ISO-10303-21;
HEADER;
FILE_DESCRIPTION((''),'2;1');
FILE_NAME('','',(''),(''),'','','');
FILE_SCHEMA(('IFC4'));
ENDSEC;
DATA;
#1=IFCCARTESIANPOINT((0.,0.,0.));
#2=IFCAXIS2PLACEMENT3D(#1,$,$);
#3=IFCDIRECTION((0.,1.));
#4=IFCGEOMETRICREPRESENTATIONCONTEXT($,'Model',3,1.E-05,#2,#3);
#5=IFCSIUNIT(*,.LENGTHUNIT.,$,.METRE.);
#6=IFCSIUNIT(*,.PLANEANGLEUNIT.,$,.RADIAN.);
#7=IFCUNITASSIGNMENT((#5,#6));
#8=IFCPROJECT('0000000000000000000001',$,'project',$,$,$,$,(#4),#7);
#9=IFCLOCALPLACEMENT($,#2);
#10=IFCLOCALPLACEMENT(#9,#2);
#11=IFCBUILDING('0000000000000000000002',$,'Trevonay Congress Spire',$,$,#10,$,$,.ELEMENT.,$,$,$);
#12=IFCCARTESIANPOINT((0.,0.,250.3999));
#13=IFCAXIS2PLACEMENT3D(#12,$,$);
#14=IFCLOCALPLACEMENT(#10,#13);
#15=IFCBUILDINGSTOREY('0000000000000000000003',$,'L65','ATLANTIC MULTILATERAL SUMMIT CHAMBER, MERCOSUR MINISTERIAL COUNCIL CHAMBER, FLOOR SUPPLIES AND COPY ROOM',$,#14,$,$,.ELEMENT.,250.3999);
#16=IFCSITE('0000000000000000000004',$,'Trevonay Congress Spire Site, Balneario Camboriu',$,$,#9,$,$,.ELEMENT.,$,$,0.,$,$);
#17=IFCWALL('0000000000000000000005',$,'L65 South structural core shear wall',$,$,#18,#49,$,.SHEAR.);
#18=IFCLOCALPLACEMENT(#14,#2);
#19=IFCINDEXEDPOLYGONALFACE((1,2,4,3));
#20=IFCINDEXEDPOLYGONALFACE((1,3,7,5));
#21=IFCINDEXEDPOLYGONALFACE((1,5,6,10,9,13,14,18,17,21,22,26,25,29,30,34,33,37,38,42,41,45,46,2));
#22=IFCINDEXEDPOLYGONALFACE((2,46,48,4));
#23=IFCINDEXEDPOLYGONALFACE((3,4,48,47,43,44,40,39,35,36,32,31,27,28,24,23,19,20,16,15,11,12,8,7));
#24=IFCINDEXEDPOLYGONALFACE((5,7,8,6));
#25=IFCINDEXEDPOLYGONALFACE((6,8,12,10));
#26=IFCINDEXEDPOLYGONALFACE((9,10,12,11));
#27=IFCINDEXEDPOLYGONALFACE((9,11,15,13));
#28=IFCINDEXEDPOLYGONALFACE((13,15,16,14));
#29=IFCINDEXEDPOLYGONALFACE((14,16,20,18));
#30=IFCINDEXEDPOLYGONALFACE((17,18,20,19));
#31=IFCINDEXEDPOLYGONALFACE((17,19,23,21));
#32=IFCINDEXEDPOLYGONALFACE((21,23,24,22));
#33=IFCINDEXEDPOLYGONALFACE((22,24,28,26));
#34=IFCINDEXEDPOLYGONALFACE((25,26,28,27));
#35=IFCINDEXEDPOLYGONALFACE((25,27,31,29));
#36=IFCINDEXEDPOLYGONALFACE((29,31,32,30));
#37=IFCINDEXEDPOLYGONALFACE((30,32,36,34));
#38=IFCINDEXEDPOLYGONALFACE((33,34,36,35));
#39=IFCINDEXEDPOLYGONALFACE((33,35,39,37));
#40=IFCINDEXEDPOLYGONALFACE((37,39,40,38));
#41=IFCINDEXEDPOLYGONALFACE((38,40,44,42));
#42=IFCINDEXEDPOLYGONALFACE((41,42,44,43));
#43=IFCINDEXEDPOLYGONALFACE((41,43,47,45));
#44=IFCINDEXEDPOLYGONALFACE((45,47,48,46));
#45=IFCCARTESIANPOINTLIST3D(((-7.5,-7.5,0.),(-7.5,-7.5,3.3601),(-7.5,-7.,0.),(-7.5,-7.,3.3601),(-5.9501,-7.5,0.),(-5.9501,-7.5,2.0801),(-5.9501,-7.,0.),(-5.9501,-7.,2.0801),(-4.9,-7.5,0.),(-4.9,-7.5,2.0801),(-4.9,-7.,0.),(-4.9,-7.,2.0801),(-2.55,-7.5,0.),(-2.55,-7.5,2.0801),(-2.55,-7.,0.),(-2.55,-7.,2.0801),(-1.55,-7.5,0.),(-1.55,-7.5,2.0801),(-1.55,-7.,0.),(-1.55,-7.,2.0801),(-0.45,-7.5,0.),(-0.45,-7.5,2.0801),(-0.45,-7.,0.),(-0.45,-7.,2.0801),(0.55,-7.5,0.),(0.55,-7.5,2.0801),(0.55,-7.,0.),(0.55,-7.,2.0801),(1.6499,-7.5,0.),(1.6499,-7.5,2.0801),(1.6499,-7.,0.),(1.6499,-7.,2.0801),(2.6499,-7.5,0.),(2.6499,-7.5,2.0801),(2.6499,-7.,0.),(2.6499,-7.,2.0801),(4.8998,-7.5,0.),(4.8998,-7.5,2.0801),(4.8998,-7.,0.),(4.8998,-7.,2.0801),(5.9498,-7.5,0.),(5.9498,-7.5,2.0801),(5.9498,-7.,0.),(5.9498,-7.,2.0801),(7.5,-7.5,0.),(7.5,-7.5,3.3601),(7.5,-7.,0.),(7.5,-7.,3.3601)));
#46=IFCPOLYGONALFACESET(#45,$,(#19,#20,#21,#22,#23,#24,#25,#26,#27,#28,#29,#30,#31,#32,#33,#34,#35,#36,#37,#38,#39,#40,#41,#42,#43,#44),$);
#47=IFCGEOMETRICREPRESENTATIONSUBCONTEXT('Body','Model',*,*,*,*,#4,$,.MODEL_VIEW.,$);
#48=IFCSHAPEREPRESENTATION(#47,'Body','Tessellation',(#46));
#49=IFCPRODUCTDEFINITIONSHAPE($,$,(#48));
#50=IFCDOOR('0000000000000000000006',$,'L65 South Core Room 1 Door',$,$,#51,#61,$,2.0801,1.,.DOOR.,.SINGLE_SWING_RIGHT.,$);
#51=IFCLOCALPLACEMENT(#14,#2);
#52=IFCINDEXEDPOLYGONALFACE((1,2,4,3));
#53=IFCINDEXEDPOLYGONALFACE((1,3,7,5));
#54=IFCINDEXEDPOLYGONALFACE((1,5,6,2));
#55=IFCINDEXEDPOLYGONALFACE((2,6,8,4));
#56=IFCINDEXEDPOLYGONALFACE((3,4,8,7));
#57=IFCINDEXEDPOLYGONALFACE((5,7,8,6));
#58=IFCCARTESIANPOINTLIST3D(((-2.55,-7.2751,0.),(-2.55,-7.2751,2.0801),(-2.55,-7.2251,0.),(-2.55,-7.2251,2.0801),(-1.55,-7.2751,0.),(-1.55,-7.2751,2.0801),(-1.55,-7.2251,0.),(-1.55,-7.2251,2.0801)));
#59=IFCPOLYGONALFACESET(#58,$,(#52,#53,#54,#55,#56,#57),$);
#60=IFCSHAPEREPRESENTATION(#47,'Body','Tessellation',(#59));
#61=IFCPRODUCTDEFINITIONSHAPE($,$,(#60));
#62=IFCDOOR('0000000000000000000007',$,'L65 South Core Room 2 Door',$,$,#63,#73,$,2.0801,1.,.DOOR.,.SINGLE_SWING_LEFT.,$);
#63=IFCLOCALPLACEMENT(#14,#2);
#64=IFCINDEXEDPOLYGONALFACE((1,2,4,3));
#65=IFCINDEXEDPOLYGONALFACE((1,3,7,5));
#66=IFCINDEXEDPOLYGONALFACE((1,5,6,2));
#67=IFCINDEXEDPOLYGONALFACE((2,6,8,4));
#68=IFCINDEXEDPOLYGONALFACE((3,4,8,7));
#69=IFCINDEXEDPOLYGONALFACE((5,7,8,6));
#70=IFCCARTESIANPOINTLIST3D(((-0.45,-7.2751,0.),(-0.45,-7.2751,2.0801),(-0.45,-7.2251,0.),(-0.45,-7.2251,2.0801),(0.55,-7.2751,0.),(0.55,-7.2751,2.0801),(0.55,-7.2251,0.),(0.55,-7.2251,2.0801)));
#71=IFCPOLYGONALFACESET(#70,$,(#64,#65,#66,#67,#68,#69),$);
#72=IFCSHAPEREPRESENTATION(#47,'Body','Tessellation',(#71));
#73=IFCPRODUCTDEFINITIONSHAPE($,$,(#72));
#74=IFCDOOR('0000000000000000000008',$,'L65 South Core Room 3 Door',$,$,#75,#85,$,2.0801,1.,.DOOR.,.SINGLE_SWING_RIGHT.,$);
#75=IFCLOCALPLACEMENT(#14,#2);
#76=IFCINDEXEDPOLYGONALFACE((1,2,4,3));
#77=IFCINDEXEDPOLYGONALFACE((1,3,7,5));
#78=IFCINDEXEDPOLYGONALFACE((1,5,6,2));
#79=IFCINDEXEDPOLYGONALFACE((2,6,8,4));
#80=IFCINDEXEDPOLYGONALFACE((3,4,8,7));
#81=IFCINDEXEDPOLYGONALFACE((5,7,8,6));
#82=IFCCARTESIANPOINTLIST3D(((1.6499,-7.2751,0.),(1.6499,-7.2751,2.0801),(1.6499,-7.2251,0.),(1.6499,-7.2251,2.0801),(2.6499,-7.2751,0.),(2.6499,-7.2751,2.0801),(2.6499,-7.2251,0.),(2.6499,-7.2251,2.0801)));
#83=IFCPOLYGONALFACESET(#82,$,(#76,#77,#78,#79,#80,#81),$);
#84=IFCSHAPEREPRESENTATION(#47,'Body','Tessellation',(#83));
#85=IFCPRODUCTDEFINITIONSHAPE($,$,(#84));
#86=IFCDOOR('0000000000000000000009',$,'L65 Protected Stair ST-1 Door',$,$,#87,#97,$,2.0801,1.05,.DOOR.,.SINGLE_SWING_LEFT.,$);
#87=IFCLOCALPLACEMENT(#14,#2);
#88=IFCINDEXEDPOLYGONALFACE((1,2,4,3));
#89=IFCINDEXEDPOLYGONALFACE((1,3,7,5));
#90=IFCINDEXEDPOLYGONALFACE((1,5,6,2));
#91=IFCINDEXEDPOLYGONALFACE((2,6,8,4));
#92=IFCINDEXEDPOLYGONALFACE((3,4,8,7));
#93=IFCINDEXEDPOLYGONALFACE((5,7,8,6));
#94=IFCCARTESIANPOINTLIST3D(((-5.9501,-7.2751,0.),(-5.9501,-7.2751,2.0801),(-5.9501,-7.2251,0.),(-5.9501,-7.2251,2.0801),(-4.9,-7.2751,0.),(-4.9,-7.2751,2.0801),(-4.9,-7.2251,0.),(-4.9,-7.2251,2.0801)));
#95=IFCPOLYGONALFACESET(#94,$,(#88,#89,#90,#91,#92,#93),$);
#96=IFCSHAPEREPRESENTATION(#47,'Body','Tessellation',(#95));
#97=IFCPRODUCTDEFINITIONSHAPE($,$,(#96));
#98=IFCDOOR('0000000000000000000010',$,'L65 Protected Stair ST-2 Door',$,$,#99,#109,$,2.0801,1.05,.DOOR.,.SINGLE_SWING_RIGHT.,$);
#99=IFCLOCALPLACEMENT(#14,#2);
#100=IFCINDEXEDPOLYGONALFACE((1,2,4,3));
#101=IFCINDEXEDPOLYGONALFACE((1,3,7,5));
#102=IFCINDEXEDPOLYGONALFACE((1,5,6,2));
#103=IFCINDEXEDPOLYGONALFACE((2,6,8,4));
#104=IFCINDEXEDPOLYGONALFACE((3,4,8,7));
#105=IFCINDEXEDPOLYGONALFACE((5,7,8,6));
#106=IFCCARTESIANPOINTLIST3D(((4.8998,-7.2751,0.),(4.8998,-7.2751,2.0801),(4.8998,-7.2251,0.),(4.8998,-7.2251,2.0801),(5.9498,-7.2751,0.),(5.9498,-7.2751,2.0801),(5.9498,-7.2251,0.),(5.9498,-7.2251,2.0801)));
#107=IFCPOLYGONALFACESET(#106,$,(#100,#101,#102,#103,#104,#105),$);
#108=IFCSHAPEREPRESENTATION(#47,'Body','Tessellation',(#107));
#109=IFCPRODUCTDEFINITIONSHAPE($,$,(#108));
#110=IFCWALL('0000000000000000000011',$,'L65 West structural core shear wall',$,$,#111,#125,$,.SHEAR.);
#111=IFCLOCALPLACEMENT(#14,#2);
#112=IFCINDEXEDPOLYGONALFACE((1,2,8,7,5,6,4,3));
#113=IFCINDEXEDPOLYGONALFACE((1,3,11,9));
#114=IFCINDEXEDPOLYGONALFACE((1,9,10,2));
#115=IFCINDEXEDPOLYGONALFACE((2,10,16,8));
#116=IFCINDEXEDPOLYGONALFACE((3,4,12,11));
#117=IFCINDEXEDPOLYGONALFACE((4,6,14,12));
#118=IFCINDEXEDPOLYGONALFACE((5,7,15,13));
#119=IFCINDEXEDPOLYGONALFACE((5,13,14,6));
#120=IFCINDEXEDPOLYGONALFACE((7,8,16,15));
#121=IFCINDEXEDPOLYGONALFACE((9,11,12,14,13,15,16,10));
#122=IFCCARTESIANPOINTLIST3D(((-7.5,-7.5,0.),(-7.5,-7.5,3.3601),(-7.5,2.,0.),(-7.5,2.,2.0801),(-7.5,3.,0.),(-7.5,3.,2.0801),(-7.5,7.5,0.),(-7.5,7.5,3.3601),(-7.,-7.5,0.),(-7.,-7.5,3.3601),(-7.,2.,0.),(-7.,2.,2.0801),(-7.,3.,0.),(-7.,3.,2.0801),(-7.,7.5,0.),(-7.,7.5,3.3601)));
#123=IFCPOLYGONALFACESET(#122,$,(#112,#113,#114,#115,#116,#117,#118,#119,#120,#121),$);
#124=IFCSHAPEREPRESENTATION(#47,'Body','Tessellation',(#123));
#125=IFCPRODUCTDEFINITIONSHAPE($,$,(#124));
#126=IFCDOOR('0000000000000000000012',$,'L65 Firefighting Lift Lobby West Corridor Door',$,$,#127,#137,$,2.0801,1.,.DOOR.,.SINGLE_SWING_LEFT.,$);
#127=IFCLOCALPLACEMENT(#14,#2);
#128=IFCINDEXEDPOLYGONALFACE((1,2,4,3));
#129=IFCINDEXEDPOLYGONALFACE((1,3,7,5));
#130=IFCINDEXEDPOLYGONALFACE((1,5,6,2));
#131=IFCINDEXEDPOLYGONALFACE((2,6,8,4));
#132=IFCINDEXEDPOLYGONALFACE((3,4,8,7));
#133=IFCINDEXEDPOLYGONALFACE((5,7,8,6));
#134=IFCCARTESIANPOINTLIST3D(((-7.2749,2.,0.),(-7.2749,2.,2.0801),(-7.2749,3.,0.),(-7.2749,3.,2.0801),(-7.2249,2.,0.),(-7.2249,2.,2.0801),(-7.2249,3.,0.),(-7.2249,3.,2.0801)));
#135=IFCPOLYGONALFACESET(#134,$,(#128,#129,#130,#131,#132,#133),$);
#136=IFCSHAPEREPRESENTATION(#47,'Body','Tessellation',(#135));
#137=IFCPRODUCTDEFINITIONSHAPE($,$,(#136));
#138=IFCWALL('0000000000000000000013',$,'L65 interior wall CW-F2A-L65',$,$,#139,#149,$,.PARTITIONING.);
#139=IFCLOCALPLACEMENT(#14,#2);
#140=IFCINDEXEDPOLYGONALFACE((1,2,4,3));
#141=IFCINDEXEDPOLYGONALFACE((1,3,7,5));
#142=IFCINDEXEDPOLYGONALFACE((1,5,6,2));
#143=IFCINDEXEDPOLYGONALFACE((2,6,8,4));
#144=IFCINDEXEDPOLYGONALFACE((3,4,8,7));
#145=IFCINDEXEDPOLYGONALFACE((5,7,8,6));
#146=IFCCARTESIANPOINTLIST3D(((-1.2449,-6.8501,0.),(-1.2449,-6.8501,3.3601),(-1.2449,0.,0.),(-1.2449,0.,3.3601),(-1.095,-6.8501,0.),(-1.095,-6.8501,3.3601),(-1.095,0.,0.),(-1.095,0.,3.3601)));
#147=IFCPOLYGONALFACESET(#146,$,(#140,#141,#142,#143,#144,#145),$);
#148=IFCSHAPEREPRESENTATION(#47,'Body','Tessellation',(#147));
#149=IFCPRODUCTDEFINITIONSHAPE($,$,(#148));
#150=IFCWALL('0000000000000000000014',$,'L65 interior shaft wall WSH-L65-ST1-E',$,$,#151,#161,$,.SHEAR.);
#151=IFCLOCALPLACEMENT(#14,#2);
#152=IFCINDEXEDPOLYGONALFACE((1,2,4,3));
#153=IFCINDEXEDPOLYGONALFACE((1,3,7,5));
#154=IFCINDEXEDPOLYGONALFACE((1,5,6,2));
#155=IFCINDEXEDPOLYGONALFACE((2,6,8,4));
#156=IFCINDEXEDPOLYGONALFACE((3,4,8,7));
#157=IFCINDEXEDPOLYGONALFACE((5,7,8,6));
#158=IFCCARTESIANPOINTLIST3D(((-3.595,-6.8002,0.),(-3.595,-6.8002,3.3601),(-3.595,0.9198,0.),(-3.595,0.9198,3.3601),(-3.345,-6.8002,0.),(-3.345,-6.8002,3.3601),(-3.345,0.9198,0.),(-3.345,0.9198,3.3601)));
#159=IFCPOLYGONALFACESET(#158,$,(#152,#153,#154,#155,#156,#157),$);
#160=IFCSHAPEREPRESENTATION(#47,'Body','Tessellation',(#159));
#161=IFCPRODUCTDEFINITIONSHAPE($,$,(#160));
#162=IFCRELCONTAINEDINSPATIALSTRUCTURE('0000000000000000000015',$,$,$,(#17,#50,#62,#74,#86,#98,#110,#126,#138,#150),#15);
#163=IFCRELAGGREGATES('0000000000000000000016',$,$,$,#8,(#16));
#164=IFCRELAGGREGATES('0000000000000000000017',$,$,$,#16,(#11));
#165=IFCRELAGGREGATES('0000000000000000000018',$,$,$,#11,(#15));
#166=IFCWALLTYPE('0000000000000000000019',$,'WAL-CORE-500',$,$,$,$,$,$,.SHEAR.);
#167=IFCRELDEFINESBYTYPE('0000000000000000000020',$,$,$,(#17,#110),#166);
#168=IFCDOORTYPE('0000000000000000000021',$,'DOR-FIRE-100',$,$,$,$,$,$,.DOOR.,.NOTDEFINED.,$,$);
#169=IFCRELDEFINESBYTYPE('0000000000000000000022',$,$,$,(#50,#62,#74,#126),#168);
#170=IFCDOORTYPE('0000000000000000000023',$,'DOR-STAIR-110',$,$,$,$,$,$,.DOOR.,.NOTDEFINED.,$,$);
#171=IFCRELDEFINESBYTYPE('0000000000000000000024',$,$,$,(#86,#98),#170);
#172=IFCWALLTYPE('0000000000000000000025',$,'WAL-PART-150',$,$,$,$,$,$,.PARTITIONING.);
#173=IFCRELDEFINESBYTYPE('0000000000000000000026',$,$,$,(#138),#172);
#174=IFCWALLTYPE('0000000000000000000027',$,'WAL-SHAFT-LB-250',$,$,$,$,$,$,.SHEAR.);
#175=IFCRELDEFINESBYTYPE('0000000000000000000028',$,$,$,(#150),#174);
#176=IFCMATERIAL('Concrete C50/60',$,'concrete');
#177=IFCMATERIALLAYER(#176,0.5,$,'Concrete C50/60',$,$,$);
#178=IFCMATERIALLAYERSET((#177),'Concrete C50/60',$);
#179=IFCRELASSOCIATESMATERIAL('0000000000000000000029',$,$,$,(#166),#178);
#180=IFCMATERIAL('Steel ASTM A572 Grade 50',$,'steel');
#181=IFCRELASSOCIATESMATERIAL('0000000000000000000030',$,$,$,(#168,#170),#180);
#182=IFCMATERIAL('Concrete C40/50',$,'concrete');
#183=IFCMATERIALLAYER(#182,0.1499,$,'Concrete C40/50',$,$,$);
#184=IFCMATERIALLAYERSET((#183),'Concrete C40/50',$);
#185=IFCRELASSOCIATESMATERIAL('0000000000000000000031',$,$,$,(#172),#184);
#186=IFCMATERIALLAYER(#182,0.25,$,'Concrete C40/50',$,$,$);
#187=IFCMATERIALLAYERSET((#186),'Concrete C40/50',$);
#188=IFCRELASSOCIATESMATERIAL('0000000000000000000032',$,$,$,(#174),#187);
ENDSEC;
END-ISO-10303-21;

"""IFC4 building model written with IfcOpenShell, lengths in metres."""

from ifc_helpers import new_model, si_unit, direction, frame, frame_2d, origin, place, context, subcontext, project, spatial, rectangle, extrude, material, layer, layer_set, type_object, element, fill, save


model = new_model("IFC4")

# Units and contexts
model_context = context("Model", 3, precision=1e-05, world=origin(), true_north=direction((0.0, 1.0)))
body_context = subcontext(model_context, "Body", "Model", "MODEL_VIEW")
ifc_project = project(units=[si_unit("LENGTHUNIT", "METRE"), si_unit("PLANEANGLEUNIT", "RADIAN")], contexts=[model_context])

# Site, building, storey
site_placement = place(None, origin())
site = spatial("IfcSite", under=ifc_project, at=site_placement, Name="Trevonay Congress Spire Site, Balneario Camboriu", CompositionType="ELEMENT", RefElevation=0.0)
building_placement = place(site_placement, origin())
building = spatial("IfcBuilding", under=site, at=building_placement, Name="Trevonay Congress Spire", CompositionType="ELEMENT")
storey_placement = place(building_placement, frame((0.0, 0.0, 250.3999)))
storey = spatial("IfcBuildingStorey", under=building, at=storey_placement, Name="L65", Description="ATLANTIC MULTILATERAL SUMMIT CHAMBER, MERCOSUR MINISTERIAL COUNCIL CHAMBER, FLOOR SUPPLIES AND COPY ROOM", CompositionType="ELEMENT", Elevation=250.3999)

# Shared definitions
ifc_material_1 = material(Name="Steel ASTM A572 Grade 50", Category="steel")

# Wall, openings, doors
ifc_material_2 = material(Name="Concrete C50/60", Category="concrete")
ifc_layer_1 = layer(ifc_material_2, 0.5, Name="Concrete C50/60")
ifc_layer_set_1 = layer_set([ifc_layer_1], Name="Concrete C50/60")
wall_type_1 = type_object("IfcWallType", Name="WAL-CORE-500", PredefinedType="SHEAR", material=ifc_layer_set_1)
wall_1_placement = place(storey_placement, frame((-7.5, -7.25, 0.0), z_axis=(0.0, 0.0, 1.0), x_axis=(1.0, 0.0, 0.0)))
wall_1 = element("IfcWall", 1, at=wall_1_placement, inside=storey, type_object=wall_type_1, Name="L65 South structural core shear wall", PredefinedType="SHEAR", context=body_context, shape_type="SweptSolid", body=[
    extrude(rectangle(XDim=15.0, YDim=0.5, at=frame_2d((7.5, 0.0))), origin(), (0.0, 0.0, 1.0), 3.3601),
])
opening_1_placement = place(wall_1_placement, frame((1.55, 0.0, 0.0)))
opening_1 = element("IfcOpeningElement", 2, at=opening_1_placement, cuts=wall_1, PredefinedType="OPENING", context=body_context, shape_type="SweptSolid", body=[
    extrude(rectangle(XDim=1.05, YDim=2.0801, at=frame_2d((0.5249, 1.04))), frame((0.0, 0.26, 0.0), z_axis=(0.0, -1.0, 0.0), x_axis=(1.0, 0.0, 0.0)), (0.0, 0.0, 1.0), 0.52),
])
opening_2_placement = place(wall_1_placement, frame((12.3999, 0.0, 0.0)))
opening_2 = element("IfcOpeningElement", 3, at=opening_2_placement, cuts=wall_1, PredefinedType="OPENING", context=body_context, shape_type="SweptSolid", body=[
    extrude(rectangle(XDim=1.05, YDim=2.0801, at=frame_2d((0.5249, 1.04))), frame((0.0, 0.26, 0.0), z_axis=(0.0, -1.0, 0.0), x_axis=(1.0, 0.0, 0.0)), (0.0, 0.0, 1.0), 0.52),
])
opening_3_placement = place(wall_1_placement, frame((4.95, 0.0, 0.0)))
opening_3 = element("IfcOpeningElement", 4, at=opening_3_placement, cuts=wall_1, PredefinedType="OPENING", context=body_context, shape_type="SweptSolid", body=[
    extrude(rectangle(XDim=1.0, YDim=2.0801, at=frame_2d((0.5, 1.04))), frame((0.0, 0.26, 0.0), z_axis=(0.0, -1.0, 0.0), x_axis=(1.0, 0.0, 0.0)), (0.0, 0.0, 1.0), 0.52),
])
opening_4_placement = place(wall_1_placement, frame((7.05, 0.0, 0.0)))
opening_4 = element("IfcOpeningElement", 5, at=opening_4_placement, cuts=wall_1, PredefinedType="OPENING", context=body_context, shape_type="SweptSolid", body=[
    extrude(rectangle(XDim=1.0, YDim=2.0801, at=frame_2d((0.5, 1.04))), frame((0.0, 0.26, 0.0), z_axis=(0.0, -1.0, 0.0), x_axis=(1.0, 0.0, 0.0)), (0.0, 0.0, 1.0), 0.52),
])
opening_5_placement = place(wall_1_placement, frame((9.1499, 0.0, 0.0)))
opening_5 = element("IfcOpeningElement", 6, at=opening_5_placement, cuts=wall_1, PredefinedType="OPENING", context=body_context, shape_type="SweptSolid", body=[
    extrude(rectangle(XDim=1.0, YDim=2.0801, at=frame_2d((0.5, 1.04))), frame((0.0, 0.26, 0.0), z_axis=(0.0, -1.0, 0.0), x_axis=(1.0, 0.0, 0.0)), (0.0, 0.0, 1.0), 0.52),
])
door_type_1 = type_object("IfcDoorType", Name="DOR-FIRE-100", OperationType="NOTDEFINED", PredefinedType="DOOR", material=ifc_material_1)
door_1_placement = place(opening_3_placement, origin())
door_1 = element("IfcDoor", 7, at=door_1_placement, inside=storey, type_object=door_type_1, Name="L65 South Core Room 1 Door", OperationType="SINGLE_SWING_RIGHT", OverallHeight=2.0801, OverallWidth=1.0, PredefinedType="DOOR", context=body_context, shape_type="SweptSolid", body=[
    extrude(rectangle(XDim=1.0, YDim=2.0801, at=frame_2d((0.5, 1.04))), frame((0.0, 0.0249, 0.0), z_axis=(0.0, -1.0, 0.0), x_axis=(1.0, 0.0, 0.0)), (0.0, 0.0, 1.0), 0.05),
])
fill(opening_3, door_1)
door_2_placement = place(opening_4_placement, origin())
door_2 = element("IfcDoor", 8, at=door_2_placement, inside=storey, type_object=door_type_1, Name="L65 South Core Room 2 Door", OperationType="SINGLE_SWING_LEFT", OverallHeight=2.0801, OverallWidth=1.0, PredefinedType="DOOR", context=body_context, shape_type="SweptSolid", body=[
    extrude(rectangle(XDim=1.0, YDim=2.0801, at=frame_2d((0.5, 1.04))), frame((0.0, 0.0249, 0.0), z_axis=(0.0, -1.0, 0.0), x_axis=(1.0, 0.0, 0.0)), (0.0, 0.0, 1.0), 0.05),
])
fill(opening_4, door_2)
door_3_placement = place(opening_5_placement, origin())
door_3 = element("IfcDoor", 9, at=door_3_placement, inside=storey, type_object=door_type_1, Name="L65 South Core Room 3 Door", OperationType="SINGLE_SWING_RIGHT", OverallHeight=2.0801, OverallWidth=1.0, PredefinedType="DOOR", context=body_context, shape_type="SweptSolid", body=[
    extrude(rectangle(XDim=1.0, YDim=2.0801, at=frame_2d((0.5, 1.04))), frame((0.0, 0.0249, 0.0), z_axis=(0.0, -1.0, 0.0), x_axis=(1.0, 0.0, 0.0)), (0.0, 0.0, 1.0), 0.05),
])
fill(opening_5, door_3)
door_type_2 = type_object("IfcDoorType", Name="DOR-STAIR-110", OperationType="NOTDEFINED", PredefinedType="DOOR", material=ifc_material_1)
door_4_placement = place(opening_1_placement, origin())
door_4 = element("IfcDoor", 10, at=door_4_placement, inside=storey, type_object=door_type_2, Name="L65 Protected Stair ST-1 Door", OperationType="SINGLE_SWING_LEFT", OverallHeight=2.0801, OverallWidth=1.05, PredefinedType="DOOR", context=body_context, shape_type="SweptSolid", body=[
    extrude(rectangle(XDim=1.05, YDim=2.0801, at=frame_2d((0.5249, 1.04))), frame((0.0, 0.0249, 0.0), z_axis=(0.0, -1.0, 0.0), x_axis=(1.0, 0.0, 0.0)), (0.0, 0.0, 1.0), 0.05),
])
fill(opening_1, door_4)
door_5_placement = place(opening_2_placement, origin())
door_5 = element("IfcDoor", 11, at=door_5_placement, inside=storey, type_object=door_type_2, Name="L65 Protected Stair ST-2 Door", OperationType="SINGLE_SWING_RIGHT", OverallHeight=2.0801, OverallWidth=1.05, PredefinedType="DOOR", context=body_context, shape_type="SweptSolid", body=[
    extrude(rectangle(XDim=1.05, YDim=2.0801, at=frame_2d((0.5249, 1.04))), frame((0.0, 0.0249, 0.0), z_axis=(0.0, -1.0, 0.0), x_axis=(1.0, 0.0, 0.0)), (0.0, 0.0, 1.0), 0.05),
])
fill(opening_2, door_5)

# Wall, opening, door
wall_2_placement = place(storey_placement, frame((-7.25, -7.5, 0.0), z_axis=(0.0, 0.0, 1.0), x_axis=(0.0, 1.0, 0.0)))
wall_2 = element("IfcWall", 12, at=wall_2_placement, inside=storey, type_object=wall_type_1, Name="L65 West structural core shear wall", PredefinedType="SHEAR", context=body_context, shape_type="SweptSolid", body=[
    extrude(rectangle(XDim=15.0, YDim=0.5, at=frame_2d((7.5, 0.0))), origin(), (0.0, 0.0, 1.0), 3.3601),
])
opening_6_placement = place(wall_2_placement, frame((9.5, 0.0, 0.0)))
opening_6 = element("IfcOpeningElement", 13, at=opening_6_placement, cuts=wall_2, PredefinedType="OPENING", context=body_context, shape_type="SweptSolid", body=[
    extrude(rectangle(XDim=1.0, YDim=2.0801, at=frame_2d((0.5, 1.04))), frame((0.0, 0.26, 0.0), z_axis=(0.0, -1.0, 0.0), x_axis=(1.0, 0.0, 0.0)), (0.0, 0.0, 1.0), 0.52),
])
door_6_placement = place(opening_6_placement, origin())
door_6 = element("IfcDoor", 14, at=door_6_placement, inside=storey, type_object=door_type_1, Name="L65 Firefighting Lift Lobby West Corridor Door", OperationType="SINGLE_SWING_LEFT", OverallHeight=2.0801, OverallWidth=1.0, PredefinedType="DOOR", context=body_context, shape_type="SweptSolid", body=[
    extrude(rectangle(XDim=1.0, YDim=2.0801, at=frame_2d((0.5, 1.04))), frame((0.0, 0.0249, 0.0), z_axis=(0.0, -1.0, 0.0), x_axis=(1.0, 0.0, 0.0)), (0.0, 0.0, 1.0), 0.05),
])
fill(opening_6, door_6)

# Walls
ifc_material_3 = material(Name="Concrete C40/50", Category="concrete")
ifc_layer_2 = layer(ifc_material_3, 0.1499, Name="Concrete C40/50")
ifc_layer_set_2 = layer_set([ifc_layer_2], Name="Concrete C40/50")
wall_type_2 = type_object("IfcWallType", Name="WAL-PART-150", PredefinedType="PARTITIONING", material=ifc_layer_set_2)
wall_3_placement = place(storey_placement, frame((-1.1699, -6.8501, 0.0), z_axis=(0.0, 0.0, 1.0), x_axis=(0.0, 1.0, 0.0)))
element("IfcWall", 15, at=wall_3_placement, inside=storey, type_object=wall_type_2, Name="L65 interior wall CW-F2A-L65", PredefinedType="PARTITIONING", context=body_context, shape_type="SweptSolid", body=[
    extrude(rectangle(XDim=6.8501, YDim=0.1499, at=frame_2d((3.425, 0.0))), origin(), (0.0, 0.0, 1.0), 3.3601),
])
ifc_layer_3 = layer(ifc_material_3, 0.25, Name="Concrete C40/50")
ifc_layer_set_3 = layer_set([ifc_layer_3], Name="Concrete C40/50")
wall_type_3 = type_object("IfcWallType", Name="WAL-SHAFT-LB-250", PredefinedType="SHEAR", material=ifc_layer_set_3)
wall_4_placement = place(storey_placement, frame((-3.47, -6.8, 0.0), z_axis=(0.0, 0.0, 1.0), x_axis=(0.0, 1.0, 0.0)))
element("IfcWall", 16, at=wall_4_placement, inside=storey, type_object=wall_type_3, Name="L65 interior shaft wall WSH-L65-ST1-E", PredefinedType="SHEAR", context=body_context, shape_type="SweptSolid", body=[
    extrude(rectangle(XDim=7.72, YDim=0.25, at=frame_2d((3.8599, 0.0))), origin(), (0.0, 0.0, 1.0), 3.3601),
])

save(model, "model.ifc")
